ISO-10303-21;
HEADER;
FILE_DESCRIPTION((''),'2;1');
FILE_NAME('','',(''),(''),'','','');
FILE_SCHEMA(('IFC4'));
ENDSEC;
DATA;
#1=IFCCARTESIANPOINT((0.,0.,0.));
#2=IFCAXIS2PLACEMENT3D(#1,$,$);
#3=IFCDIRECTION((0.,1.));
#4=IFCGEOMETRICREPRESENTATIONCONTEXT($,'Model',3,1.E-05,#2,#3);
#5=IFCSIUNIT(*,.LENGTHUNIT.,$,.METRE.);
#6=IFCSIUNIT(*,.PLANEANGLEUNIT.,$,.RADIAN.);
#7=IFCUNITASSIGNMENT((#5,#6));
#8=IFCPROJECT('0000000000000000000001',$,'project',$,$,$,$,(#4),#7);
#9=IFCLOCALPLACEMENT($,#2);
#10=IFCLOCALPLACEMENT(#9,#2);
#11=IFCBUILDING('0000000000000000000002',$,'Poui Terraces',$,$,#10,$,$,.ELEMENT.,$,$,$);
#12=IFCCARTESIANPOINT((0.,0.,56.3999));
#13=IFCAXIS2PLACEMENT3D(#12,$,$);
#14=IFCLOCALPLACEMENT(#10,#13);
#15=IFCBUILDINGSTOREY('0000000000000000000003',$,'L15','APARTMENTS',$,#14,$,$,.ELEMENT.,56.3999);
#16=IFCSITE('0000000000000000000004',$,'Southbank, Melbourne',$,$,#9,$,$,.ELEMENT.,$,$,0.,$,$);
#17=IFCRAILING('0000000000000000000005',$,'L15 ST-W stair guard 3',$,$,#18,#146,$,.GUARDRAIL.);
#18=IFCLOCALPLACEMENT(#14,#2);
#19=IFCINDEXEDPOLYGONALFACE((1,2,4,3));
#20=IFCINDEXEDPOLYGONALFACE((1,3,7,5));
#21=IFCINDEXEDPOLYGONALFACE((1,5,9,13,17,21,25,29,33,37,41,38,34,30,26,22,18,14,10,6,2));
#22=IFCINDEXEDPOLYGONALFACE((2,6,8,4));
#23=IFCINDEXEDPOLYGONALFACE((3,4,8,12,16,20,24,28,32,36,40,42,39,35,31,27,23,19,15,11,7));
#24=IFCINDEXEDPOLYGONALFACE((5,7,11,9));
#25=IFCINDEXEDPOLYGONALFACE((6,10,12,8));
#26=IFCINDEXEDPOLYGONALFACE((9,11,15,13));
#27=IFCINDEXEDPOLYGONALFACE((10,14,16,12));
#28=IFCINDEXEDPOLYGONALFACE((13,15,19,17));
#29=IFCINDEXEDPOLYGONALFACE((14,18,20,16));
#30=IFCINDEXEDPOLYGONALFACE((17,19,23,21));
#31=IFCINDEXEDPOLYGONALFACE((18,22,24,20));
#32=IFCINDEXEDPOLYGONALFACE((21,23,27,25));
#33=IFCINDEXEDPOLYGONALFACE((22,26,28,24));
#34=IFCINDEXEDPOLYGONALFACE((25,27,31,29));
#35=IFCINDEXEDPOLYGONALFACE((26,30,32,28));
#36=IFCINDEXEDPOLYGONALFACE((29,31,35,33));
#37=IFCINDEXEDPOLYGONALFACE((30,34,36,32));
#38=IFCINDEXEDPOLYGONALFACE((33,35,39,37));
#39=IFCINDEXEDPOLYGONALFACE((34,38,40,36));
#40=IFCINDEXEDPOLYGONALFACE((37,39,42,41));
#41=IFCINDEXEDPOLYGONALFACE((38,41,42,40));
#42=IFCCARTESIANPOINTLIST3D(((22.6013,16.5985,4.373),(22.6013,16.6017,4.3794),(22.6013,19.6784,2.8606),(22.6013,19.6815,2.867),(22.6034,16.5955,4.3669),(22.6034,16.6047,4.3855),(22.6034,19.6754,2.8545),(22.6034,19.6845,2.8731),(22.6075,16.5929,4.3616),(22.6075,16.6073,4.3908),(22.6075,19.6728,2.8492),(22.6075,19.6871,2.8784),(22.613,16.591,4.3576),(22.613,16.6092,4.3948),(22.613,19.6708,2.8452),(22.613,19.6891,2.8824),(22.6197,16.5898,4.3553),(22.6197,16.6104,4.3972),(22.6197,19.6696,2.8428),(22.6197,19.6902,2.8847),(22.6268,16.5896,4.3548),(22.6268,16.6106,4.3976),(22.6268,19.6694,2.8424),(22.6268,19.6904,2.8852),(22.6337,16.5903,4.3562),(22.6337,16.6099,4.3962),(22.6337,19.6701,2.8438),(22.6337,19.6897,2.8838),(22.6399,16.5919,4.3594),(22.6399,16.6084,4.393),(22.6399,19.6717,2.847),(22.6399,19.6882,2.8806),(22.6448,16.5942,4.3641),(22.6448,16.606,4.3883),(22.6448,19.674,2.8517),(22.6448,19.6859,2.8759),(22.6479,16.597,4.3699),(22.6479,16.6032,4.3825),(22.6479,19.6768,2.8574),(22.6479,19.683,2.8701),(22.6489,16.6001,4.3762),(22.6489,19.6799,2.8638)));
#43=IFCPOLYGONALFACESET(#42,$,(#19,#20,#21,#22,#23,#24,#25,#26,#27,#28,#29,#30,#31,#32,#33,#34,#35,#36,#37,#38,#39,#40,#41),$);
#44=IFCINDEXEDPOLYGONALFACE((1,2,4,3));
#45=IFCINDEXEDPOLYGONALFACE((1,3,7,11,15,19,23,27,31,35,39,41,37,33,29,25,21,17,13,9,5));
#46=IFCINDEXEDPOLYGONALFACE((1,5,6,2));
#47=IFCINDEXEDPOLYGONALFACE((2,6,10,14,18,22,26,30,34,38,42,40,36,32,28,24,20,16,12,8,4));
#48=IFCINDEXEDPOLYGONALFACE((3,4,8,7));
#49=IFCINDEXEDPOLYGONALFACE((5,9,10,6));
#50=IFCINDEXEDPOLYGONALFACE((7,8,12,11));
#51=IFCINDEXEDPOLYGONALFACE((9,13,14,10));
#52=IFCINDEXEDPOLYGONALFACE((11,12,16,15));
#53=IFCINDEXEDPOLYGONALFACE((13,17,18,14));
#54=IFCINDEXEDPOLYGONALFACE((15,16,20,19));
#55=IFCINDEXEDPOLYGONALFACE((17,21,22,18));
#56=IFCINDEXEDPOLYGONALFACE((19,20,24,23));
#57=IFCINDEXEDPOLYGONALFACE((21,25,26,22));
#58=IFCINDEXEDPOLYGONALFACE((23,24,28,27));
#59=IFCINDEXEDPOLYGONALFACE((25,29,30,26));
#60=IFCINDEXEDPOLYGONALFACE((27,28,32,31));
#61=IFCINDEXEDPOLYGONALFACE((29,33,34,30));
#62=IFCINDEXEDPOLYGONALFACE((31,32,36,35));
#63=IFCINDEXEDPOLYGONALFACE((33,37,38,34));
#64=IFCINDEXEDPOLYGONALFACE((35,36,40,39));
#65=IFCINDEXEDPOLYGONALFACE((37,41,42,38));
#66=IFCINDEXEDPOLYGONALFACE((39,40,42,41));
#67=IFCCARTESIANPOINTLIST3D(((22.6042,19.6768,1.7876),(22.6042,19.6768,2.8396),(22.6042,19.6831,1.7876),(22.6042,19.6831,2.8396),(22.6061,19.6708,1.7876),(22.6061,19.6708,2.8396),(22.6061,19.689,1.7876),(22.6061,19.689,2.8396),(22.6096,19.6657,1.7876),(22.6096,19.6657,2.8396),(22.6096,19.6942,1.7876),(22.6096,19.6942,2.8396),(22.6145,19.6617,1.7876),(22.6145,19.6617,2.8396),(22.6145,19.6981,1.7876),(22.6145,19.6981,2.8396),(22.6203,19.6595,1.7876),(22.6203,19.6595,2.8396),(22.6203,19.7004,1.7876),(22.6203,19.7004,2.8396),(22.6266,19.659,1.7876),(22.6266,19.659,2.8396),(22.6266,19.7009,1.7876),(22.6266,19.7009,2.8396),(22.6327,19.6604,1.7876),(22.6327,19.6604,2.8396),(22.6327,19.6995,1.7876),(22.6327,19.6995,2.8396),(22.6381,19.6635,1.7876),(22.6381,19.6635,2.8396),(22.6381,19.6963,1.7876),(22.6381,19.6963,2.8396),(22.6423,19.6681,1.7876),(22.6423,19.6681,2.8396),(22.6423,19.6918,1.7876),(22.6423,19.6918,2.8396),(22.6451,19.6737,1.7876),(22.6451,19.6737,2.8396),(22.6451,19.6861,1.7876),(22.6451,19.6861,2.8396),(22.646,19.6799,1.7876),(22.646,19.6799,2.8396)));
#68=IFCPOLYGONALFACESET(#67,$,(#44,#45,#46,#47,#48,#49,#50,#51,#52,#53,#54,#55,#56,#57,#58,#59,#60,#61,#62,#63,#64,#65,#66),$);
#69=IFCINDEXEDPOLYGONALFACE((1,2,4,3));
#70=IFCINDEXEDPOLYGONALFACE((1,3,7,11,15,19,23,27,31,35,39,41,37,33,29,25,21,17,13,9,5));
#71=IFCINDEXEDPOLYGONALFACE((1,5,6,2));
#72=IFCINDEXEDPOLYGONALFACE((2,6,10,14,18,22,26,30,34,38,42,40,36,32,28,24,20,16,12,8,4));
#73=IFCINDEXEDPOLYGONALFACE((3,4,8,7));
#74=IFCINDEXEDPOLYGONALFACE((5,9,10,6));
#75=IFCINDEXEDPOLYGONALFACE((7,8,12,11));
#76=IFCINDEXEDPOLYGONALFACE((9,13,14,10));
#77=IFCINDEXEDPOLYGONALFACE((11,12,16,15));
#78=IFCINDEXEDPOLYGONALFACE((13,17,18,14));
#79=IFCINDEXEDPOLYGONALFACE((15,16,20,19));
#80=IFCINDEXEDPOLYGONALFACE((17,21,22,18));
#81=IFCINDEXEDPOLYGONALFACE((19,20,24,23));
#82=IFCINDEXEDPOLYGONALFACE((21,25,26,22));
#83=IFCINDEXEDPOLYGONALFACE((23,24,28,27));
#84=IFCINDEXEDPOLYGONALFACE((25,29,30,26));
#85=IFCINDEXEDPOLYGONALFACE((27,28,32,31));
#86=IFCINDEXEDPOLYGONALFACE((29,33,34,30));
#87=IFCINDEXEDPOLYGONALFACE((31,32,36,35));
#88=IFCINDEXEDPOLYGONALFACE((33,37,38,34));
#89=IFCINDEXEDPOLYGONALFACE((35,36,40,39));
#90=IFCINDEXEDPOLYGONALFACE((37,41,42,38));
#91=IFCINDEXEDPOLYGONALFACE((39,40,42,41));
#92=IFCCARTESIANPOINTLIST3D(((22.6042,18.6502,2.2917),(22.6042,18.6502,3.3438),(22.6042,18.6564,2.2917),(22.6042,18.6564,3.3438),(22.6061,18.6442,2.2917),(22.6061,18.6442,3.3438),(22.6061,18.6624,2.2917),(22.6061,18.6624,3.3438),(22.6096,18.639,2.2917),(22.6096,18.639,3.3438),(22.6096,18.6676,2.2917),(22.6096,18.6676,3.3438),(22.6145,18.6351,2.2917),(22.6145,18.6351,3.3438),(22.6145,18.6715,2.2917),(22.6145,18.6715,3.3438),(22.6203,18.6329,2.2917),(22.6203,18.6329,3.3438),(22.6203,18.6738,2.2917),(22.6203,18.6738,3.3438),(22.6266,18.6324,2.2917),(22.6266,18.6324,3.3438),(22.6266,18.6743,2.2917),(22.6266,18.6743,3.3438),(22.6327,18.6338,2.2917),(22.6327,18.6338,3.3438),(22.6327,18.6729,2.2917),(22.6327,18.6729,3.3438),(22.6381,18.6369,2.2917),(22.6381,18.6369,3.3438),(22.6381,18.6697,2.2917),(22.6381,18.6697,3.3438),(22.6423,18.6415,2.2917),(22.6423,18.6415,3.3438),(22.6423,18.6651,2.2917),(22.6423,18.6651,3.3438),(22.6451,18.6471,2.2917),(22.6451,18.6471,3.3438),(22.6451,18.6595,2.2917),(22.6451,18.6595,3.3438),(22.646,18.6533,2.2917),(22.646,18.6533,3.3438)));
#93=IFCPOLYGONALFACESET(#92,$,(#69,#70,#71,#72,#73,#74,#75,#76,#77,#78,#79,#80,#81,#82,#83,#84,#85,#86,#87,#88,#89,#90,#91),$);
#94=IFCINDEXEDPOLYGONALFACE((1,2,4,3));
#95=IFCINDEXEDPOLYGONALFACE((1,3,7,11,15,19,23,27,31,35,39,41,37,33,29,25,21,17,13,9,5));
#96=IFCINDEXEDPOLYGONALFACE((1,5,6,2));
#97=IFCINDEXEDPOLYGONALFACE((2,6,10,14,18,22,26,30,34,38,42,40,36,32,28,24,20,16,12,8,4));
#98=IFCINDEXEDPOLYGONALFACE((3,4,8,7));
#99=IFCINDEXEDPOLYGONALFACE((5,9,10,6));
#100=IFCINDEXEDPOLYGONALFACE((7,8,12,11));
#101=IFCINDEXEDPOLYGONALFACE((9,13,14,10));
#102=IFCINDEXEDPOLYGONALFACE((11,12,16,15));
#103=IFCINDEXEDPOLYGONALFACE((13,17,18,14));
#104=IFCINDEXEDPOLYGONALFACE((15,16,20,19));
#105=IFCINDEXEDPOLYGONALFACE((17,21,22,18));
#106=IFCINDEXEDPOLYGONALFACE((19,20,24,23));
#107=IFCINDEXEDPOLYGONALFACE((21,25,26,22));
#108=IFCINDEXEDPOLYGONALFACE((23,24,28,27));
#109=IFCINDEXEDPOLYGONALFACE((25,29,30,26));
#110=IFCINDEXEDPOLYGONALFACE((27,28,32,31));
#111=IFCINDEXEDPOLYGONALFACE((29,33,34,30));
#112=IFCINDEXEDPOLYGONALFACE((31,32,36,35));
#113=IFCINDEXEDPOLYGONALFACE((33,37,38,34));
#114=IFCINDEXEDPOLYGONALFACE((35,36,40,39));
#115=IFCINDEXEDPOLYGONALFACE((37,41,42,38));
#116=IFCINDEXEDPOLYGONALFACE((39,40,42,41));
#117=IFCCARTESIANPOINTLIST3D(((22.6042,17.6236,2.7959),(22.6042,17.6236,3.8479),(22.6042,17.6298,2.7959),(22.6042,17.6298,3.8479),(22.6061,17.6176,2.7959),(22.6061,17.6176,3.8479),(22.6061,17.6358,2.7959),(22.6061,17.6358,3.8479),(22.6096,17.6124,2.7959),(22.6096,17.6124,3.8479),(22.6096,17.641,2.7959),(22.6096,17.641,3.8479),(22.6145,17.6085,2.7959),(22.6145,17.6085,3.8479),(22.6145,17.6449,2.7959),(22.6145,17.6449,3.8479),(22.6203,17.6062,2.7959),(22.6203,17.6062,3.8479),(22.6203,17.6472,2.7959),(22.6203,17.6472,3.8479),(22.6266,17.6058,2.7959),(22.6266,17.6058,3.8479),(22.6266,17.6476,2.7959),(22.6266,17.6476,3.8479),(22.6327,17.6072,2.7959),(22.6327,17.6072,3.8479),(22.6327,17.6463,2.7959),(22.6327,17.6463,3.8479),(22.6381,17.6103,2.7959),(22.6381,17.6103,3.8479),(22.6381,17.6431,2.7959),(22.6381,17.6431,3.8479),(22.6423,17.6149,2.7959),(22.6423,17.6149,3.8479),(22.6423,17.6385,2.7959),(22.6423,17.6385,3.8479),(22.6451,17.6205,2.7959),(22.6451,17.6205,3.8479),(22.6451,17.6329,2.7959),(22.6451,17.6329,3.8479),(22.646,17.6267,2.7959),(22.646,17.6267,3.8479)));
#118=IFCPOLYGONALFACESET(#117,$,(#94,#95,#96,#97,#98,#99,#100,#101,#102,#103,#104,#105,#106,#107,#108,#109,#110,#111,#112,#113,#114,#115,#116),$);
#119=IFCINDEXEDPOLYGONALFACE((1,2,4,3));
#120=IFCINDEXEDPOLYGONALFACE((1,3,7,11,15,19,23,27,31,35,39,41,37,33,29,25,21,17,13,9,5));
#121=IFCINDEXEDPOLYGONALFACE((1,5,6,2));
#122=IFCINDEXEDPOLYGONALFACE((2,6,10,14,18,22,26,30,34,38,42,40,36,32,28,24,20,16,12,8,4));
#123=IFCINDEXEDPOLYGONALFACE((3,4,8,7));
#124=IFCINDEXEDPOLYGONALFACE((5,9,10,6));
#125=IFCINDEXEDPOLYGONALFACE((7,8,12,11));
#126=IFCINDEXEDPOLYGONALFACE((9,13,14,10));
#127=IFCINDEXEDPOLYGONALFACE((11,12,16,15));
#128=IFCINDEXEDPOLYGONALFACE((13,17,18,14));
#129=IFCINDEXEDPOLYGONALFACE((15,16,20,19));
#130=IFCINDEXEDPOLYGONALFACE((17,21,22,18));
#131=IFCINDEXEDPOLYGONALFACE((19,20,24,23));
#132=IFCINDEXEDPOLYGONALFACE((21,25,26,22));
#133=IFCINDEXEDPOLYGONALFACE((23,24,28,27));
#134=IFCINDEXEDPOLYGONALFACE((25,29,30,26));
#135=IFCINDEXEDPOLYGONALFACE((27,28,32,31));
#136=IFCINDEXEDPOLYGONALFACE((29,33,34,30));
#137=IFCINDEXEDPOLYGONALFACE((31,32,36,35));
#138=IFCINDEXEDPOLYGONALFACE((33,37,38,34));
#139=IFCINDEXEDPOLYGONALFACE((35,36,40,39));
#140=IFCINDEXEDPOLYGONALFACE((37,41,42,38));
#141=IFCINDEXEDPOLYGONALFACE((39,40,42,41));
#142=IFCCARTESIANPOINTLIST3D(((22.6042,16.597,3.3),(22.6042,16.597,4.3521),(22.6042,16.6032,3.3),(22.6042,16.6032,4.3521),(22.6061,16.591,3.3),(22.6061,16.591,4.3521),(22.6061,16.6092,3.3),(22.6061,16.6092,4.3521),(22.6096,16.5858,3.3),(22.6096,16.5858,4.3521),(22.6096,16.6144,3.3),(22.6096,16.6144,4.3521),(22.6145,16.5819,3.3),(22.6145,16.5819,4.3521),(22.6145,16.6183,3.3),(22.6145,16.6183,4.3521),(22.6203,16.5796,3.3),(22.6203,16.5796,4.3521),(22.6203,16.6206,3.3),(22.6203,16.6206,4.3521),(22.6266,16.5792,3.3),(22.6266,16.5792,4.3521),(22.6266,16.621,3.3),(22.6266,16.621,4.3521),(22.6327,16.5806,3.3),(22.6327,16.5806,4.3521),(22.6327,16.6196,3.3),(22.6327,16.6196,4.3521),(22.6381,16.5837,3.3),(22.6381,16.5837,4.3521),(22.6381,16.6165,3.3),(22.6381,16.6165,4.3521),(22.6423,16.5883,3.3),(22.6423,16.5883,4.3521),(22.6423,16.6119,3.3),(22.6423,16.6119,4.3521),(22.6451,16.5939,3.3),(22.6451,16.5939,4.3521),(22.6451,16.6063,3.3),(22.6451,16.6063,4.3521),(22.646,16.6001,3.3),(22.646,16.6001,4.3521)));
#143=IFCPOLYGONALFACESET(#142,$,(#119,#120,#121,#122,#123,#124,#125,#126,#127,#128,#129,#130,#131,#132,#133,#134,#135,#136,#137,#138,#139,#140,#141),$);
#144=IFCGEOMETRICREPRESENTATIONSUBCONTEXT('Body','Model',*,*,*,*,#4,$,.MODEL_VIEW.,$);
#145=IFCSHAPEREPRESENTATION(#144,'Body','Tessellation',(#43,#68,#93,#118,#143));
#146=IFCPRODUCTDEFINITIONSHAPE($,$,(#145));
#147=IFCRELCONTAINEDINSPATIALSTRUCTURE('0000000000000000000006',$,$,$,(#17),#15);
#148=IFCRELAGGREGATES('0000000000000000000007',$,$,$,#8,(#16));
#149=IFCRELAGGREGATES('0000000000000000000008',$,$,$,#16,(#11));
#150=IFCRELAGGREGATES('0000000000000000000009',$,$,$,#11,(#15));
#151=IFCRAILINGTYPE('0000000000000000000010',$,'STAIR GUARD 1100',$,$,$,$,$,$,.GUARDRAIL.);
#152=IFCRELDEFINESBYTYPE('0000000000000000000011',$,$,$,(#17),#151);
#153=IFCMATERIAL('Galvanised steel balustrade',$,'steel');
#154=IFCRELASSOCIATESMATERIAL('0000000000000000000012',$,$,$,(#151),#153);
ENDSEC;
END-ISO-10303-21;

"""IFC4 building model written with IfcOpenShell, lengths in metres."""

from ifc_helpers import new_model, si_unit, direction, frame, origin, origin_2d, place, context, subcontext, project, spatial, circle, extrude, material, type_object, element, save


model = new_model("IFC4")

# Units and contexts
model_context = context("Model", 3, precision=1e-05, world=origin(), true_north=direction((0.0, 1.0)))
body_context = subcontext(model_context, "Body", "Model", "MODEL_VIEW")
ifc_project = project(units=[si_unit("LENGTHUNIT", "METRE"), si_unit("PLANEANGLEUNIT", "RADIAN")], contexts=[model_context])

# Site, building, storey
site_placement = place(None, origin())
site = spatial("IfcSite", under=ifc_project, at=site_placement, Name="Southbank, Melbourne", CompositionType="ELEMENT", RefElevation=0.0)
building_placement = place(site_placement, origin())
building = spatial("IfcBuilding", under=site, at=building_placement, Name="Poui Terraces", CompositionType="ELEMENT")
storey_placement = place(building_placement, frame((0.0, 0.0, 56.3999)))
storey = spatial("IfcBuildingStorey", under=building, at=storey_placement, Name="L15", Description="APARTMENTS", CompositionType="ELEMENT", Elevation=56.3999)

# Railing
ifc_material_1 = material(Name="Galvanised steel balustrade", Category="steel")
railing_type_1 = type_object("IfcRailingType", Name="STAIR GUARD 1100", PredefinedType="GUARDRAIL", material=ifc_material_1)
railing_1_placement = place(storey_placement, frame((22.625, 19.6799, 1.7876)))
element("IfcRailing", 1, at=railing_1_placement, inside=storey, type_object=railing_type_1, Name="L15 ST-W stair guard 3", PredefinedType="GUARDRAIL", context=body_context, shape_type="SweptSolid", body=[
    extrude(circle(Radius=0.0239, at=origin_2d()), frame((0.0, 0.0, 1.0762), z_axis=(0.0, -0.897606, 0.440798), x_axis=(1.0, 0.0, 0.0)), (0.0, 0.0, 1.0), 3.4312),
    extrude(circle(Radius=0.021, at=origin_2d()), origin(), (0.0, 0.0, 1.0), 1.052),
    extrude(circle(Radius=0.021, at=origin_2d()), frame((0.0, -1.0266, 0.5042)), (0.0, 0.0, 1.0), 1.052),
    extrude(circle(Radius=0.021, at=origin_2d()), frame((0.0, -2.0532, 1.0083)), (0.0, 0.0, 1.0), 1.052),
    extrude(circle(Radius=0.021, at=origin_2d()), frame((0.0, -3.0798, 1.5125)), (0.0, 0.0, 1.0), 1.052),
])

save(model, "model.ifc")
